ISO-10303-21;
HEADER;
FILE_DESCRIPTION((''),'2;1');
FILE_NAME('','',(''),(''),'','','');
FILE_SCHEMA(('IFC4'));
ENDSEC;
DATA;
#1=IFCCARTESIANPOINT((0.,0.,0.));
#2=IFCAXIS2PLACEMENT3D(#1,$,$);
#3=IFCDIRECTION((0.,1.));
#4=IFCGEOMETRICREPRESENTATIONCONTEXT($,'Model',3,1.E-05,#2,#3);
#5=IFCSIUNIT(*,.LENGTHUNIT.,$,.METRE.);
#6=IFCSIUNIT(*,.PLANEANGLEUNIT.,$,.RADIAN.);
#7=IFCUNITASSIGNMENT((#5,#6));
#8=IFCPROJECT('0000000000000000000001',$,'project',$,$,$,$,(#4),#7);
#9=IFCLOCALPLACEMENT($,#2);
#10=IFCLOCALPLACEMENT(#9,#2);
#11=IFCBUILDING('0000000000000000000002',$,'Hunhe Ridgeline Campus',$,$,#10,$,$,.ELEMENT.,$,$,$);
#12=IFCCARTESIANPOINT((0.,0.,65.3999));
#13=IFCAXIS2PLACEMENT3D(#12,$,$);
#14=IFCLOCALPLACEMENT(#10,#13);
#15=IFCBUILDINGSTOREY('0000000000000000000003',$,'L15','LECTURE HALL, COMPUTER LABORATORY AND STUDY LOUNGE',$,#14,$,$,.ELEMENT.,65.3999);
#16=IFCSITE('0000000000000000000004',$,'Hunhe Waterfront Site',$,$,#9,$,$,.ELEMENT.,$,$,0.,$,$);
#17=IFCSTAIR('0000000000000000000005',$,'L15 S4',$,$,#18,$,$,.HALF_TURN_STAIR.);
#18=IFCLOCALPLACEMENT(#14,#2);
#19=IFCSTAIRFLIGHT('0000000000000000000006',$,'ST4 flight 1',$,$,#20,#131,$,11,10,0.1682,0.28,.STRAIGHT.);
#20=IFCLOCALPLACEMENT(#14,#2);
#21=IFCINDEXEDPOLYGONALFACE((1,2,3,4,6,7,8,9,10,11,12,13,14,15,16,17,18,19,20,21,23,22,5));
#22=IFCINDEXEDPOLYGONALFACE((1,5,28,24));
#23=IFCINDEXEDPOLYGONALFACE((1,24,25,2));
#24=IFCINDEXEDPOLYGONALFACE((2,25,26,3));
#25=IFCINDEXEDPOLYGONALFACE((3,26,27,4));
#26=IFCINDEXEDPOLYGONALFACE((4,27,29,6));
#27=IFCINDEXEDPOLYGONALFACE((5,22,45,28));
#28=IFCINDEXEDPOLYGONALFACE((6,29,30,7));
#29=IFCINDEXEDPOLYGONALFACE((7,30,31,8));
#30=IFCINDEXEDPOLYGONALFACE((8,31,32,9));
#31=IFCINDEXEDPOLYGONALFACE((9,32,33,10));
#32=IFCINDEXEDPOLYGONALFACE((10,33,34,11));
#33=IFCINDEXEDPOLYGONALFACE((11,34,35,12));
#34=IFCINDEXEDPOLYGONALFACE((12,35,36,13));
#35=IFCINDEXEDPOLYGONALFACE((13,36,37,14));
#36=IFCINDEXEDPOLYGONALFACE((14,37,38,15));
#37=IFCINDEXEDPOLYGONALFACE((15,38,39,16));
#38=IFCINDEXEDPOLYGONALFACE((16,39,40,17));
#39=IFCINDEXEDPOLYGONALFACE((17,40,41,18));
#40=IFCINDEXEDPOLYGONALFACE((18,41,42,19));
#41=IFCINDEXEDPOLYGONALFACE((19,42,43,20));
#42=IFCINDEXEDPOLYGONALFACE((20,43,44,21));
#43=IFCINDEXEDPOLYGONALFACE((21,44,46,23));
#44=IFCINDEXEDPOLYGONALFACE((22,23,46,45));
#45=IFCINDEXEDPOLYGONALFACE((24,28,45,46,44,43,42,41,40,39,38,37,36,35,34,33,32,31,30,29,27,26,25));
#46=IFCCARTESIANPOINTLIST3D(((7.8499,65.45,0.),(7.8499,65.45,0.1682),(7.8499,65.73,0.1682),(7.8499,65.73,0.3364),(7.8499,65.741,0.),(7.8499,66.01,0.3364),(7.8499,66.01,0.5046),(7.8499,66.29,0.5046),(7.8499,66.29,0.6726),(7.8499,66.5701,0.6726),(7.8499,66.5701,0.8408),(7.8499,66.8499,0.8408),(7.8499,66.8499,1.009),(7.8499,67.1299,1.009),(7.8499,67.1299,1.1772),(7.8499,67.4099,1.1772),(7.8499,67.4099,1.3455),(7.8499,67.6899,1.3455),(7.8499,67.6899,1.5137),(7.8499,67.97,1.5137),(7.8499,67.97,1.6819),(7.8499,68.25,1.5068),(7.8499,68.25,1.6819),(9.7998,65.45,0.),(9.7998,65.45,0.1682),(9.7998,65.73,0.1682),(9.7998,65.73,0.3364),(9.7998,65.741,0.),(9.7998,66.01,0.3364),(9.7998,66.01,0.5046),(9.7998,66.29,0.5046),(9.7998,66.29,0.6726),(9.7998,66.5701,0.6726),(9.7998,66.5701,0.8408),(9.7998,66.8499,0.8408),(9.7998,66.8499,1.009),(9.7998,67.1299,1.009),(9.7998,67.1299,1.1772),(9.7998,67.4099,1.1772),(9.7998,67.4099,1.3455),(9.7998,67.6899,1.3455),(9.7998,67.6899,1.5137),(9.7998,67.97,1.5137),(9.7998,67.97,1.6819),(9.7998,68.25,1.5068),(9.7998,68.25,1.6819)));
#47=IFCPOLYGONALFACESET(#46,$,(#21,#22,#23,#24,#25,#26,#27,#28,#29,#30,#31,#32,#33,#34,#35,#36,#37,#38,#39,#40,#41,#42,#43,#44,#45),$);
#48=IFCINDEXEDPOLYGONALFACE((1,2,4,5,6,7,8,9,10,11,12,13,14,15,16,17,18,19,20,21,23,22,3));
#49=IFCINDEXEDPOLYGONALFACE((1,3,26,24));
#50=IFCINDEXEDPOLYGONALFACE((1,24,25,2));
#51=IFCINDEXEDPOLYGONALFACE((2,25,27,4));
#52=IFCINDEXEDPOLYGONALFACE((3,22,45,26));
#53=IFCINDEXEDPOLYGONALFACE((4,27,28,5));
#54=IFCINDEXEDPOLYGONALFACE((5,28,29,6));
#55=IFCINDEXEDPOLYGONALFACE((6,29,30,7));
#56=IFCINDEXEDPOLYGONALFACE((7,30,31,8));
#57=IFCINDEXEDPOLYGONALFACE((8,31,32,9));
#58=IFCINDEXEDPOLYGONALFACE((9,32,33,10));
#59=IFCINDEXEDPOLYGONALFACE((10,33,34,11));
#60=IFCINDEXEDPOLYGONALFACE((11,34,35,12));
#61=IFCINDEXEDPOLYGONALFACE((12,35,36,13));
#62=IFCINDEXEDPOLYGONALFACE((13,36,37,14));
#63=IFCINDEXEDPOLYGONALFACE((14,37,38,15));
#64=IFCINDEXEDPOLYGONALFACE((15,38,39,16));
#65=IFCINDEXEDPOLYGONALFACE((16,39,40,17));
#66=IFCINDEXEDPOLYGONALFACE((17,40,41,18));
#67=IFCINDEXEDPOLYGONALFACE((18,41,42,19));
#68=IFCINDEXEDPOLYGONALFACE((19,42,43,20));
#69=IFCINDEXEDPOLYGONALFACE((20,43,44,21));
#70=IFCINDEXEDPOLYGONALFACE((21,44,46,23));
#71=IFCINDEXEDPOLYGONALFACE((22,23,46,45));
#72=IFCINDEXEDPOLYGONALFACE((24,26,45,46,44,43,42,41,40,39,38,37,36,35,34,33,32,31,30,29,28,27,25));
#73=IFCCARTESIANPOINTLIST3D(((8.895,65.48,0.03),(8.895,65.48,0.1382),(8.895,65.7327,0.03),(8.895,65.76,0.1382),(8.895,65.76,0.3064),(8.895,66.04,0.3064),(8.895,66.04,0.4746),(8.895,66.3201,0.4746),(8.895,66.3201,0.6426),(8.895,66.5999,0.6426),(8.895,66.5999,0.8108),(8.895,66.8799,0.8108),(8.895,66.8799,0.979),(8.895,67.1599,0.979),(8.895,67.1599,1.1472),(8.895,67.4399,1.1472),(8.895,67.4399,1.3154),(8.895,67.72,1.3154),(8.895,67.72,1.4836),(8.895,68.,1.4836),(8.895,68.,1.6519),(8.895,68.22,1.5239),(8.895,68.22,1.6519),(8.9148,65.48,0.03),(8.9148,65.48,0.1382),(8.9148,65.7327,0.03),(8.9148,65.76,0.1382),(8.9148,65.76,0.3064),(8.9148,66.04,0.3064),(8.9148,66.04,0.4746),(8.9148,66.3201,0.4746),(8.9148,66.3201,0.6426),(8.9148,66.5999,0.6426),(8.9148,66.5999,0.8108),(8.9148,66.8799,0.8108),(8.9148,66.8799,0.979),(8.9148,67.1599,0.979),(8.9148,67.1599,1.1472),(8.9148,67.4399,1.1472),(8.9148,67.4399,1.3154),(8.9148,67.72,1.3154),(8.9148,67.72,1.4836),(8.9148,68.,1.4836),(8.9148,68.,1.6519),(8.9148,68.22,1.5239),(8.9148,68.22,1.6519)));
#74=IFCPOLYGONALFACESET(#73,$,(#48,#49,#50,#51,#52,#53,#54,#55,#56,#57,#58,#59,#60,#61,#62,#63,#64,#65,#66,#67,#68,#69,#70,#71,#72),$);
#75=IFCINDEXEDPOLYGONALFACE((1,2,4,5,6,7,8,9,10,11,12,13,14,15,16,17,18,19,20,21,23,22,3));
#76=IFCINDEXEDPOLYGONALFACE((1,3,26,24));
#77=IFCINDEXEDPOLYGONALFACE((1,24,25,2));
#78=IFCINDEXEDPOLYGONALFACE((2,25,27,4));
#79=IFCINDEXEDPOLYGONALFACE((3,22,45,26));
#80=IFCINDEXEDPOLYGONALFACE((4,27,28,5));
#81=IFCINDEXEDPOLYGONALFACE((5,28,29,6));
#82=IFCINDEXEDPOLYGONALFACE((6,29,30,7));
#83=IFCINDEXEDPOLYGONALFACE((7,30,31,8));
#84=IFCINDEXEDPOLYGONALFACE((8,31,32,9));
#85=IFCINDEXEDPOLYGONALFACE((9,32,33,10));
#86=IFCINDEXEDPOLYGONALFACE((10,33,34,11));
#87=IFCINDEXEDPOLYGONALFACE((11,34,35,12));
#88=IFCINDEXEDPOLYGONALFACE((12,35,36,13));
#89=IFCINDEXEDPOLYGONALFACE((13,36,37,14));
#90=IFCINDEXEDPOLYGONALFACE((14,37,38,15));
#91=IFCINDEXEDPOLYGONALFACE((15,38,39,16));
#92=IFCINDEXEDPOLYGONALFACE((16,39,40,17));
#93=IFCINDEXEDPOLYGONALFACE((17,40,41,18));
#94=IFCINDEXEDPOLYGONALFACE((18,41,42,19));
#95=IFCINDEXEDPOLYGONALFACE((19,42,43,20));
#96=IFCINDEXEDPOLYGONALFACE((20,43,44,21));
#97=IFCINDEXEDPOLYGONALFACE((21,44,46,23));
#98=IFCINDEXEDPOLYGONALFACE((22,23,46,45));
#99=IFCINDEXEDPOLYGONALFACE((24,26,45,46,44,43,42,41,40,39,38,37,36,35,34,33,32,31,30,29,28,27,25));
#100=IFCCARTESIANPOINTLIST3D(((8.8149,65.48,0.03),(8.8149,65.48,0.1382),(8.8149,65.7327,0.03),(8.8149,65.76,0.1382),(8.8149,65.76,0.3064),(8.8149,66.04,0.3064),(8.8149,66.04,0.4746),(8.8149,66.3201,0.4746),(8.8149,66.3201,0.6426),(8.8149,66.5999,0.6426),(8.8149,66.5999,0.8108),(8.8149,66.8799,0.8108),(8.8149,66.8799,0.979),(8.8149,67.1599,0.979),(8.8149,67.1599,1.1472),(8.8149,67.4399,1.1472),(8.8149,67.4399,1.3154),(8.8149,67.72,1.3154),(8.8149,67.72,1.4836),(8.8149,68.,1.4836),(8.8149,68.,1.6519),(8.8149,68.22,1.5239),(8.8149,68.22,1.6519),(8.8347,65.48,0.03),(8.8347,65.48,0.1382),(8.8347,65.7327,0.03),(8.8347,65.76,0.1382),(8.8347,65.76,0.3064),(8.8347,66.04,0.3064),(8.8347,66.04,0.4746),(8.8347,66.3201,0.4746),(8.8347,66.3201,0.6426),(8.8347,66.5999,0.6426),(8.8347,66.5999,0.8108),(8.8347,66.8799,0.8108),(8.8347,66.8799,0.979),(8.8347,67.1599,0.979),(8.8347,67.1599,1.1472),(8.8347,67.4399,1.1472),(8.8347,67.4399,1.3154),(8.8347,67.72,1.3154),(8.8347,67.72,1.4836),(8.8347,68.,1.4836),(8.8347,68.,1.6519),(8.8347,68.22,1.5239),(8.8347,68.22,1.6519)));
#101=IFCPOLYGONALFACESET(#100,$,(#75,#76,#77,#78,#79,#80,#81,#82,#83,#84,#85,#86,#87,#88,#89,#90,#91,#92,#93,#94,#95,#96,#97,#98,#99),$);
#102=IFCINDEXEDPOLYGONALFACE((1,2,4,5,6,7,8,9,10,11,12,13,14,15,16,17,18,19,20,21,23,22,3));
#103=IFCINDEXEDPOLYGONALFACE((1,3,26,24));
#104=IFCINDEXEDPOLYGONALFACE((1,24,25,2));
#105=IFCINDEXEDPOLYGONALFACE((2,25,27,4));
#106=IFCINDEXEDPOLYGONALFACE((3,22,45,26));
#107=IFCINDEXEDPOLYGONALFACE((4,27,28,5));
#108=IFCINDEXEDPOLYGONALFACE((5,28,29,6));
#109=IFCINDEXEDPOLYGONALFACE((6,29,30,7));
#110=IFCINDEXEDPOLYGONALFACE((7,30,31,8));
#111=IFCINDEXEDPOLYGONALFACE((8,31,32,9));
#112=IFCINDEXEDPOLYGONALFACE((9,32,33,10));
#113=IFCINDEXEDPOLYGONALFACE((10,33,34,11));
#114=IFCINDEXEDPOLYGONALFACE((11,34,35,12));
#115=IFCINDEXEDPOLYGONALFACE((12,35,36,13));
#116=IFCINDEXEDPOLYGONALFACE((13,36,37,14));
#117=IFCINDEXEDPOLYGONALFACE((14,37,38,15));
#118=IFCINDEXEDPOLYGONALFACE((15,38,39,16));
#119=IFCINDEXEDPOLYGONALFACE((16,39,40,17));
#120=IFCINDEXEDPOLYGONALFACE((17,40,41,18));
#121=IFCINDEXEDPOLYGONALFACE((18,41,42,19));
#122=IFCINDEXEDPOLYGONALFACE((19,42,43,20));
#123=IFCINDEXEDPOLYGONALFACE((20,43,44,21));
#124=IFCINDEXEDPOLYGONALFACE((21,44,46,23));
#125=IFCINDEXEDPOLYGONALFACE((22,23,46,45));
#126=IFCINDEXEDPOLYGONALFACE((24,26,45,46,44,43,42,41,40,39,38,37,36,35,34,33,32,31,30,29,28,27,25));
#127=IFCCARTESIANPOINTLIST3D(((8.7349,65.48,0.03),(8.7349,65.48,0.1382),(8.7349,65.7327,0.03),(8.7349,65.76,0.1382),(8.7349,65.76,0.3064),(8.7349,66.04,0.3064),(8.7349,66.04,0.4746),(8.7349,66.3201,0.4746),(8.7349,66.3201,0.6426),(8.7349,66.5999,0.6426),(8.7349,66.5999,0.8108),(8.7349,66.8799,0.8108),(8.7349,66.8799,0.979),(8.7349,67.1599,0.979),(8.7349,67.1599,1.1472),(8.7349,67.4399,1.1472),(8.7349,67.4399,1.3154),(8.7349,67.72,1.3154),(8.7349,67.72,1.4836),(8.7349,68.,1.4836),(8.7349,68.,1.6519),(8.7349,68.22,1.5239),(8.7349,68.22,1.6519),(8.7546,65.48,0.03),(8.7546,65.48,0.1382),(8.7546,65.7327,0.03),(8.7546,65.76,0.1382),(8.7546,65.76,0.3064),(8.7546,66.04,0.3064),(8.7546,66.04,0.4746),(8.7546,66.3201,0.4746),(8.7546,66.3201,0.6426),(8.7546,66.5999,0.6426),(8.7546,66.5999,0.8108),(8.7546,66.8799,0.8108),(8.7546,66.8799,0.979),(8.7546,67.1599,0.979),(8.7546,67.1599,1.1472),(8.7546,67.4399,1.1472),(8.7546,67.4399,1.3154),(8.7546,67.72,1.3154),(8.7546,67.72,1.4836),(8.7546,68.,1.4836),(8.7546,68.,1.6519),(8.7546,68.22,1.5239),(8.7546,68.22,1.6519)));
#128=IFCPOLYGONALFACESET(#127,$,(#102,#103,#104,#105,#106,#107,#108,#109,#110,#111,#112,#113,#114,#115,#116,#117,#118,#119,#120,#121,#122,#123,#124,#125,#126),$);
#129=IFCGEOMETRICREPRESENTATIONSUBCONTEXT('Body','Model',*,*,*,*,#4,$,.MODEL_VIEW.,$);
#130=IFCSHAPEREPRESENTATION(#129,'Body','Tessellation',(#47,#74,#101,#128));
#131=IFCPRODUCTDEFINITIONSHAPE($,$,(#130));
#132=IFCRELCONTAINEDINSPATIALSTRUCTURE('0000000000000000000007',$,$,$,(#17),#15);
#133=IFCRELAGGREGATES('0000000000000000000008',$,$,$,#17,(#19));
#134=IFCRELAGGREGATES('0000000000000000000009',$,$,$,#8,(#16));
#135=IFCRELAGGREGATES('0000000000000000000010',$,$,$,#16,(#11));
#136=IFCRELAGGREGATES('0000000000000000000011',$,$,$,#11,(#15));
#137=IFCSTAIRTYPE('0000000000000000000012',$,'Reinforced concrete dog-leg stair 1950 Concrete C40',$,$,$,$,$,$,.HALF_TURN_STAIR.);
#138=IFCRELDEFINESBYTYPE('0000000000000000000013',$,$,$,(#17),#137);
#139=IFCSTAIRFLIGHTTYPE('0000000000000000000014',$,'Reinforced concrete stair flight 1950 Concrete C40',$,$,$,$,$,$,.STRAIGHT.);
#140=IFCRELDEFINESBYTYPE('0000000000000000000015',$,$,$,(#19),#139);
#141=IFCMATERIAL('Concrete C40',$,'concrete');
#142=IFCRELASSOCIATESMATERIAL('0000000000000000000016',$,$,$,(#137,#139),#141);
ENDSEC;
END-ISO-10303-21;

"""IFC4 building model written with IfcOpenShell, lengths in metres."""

from ifc_helpers import new_model, si_unit, direction, frame, origin, place, context, subcontext, project, spatial, polyline, outline, extrude, material, type_object, element, aggregate, save


model = new_model("IFC4")

# Units and contexts
model_context = context("Model", 3, precision=1e-05, world=origin(), true_north=direction((0.0, 1.0)))
body_context = subcontext(model_context, "Body", "Model", "MODEL_VIEW")
ifc_project = project(units=[si_unit("LENGTHUNIT", "METRE"), si_unit("PLANEANGLEUNIT", "RADIAN")], contexts=[model_context])

# Site, building, storey
site_placement = place(None, origin())
site = spatial("IfcSite", under=ifc_project, at=site_placement, Name="Hunhe Waterfront Site", CompositionType="ELEMENT", RefElevation=0.0)
building_placement = place(site_placement, origin())
building = spatial("IfcBuilding", under=site, at=building_placement, Name="Hunhe Ridgeline Campus", CompositionType="ELEMENT")
storey_placement = place(building_placement, frame((0.0, 0.0, 65.3999)))
storey = spatial("IfcBuildingStorey", under=building, at=storey_placement, Name="L15", Description="LECTURE HALL, COMPUTER LABORATORY AND STUDY LOUNGE", CompositionType="ELEMENT", Elevation=65.3999)

# Stair, stair flight
ifc_material_1 = material(Name="Concrete C40", Category="concrete")
stair_type = type_object("IfcStairType", Name="Reinforced concrete dog-leg stair 1950 Concrete C40", PredefinedType="HALF_TURN_STAIR", material=ifc_material_1)
stair_flight_type = type_object("IfcStairFlightType", Name="Reinforced concrete stair flight 1950 Concrete C40", PredefinedType="STRAIGHT", material=ifc_material_1)
stair_1_placement = place(storey_placement, origin())
stair_1 = element("IfcStair", 1, at=stair_1_placement, inside=storey, type_object=stair_type, Name="L15 S4", PredefinedType="HALF_TURN_STAIR")
stair_flight_1_placement = place(storey_placement, frame((8.825, 65.45, 0.0), z_axis=(0.0, 0.0, 1.0), x_axis=(0.0, 1.0, 0.0)))
stair_flight_1 = element("IfcStairFlight", 2, at=stair_flight_1_placement, type_object=stair_flight_type, Name="ST4 flight 1", NumberOfRisers=11, NumberOfTreads=10, PredefinedType="STRAIGHT", RiserHeight=0.1682, TreadLength=0.28, context=body_context, shape_type="SweptSolid", body=[
    extrude(outline(polyline([(0.0, 0.0), (0.0, 0.1682), (0.28, 0.1682), (0.28, 0.3364), (0.5601, 0.3364), (0.5601, 0.5046), (0.8401, 0.5046), (0.8401, 0.6726), (1.1201, 0.6726), (1.1201, 0.8408), (1.3999, 0.8408), (1.3999, 1.009), (1.6799, 1.009), (1.6799, 1.1772), (1.96, 1.1772), (1.96, 1.3455), (2.24, 1.3455), (2.24, 1.5137), (2.52, 1.5137), (2.52, 1.6819), (2.8, 1.6819), (2.8, 1.8501), (2.8, 1.5068), (0.291, 0.0), (0.0, 0.0)])), frame((0.0, 0.9751, 0.0), z_axis=(0.0, -1.0, 0.0), x_axis=(1.0, 0.0, 0.0)), (0.0, 0.0, 1.0), 1.95),
    extrude(outline(polyline([(0.03, 0.03), (0.03, 0.1382), (0.3101, 0.1382), (0.3101, 0.3064), (0.5901, 0.3064), (0.5901, 0.4746), (0.8701, 0.4746), (0.8701, 0.6426), (1.1499, 0.6426), (1.1499, 0.8108), (1.4299, 0.8108), (1.4299, 0.979), (1.71, 0.979), (1.71, 1.1472), (1.99, 1.1472), (1.99, 1.3154), (2.27, 1.3154), (2.27, 1.4836), (2.55, 1.4836), (2.55, 1.6519), (2.77, 1.6519), (2.77, 1.5239), (0.2827, 0.03), (0.03, 0.03)])), frame((0.0, -0.0701, 0.0), z_axis=(0.0, -1.0, 0.0), x_axis=(1.0, 0.0, 0.0)), (0.0, 0.0, 1.0), 0.0198),
    extrude(outline(polyline([(0.03, 0.03), (0.03, 0.1382), (0.3101, 0.1382), (0.3101, 0.3064), (0.5901, 0.3064), (0.5901, 0.4746), (0.8701, 0.4746), (0.8701, 0.6426), (1.1499, 0.6426), (1.1499, 0.8108), (1.4299, 0.8108), (1.4299, 0.979), (1.71, 0.979), (1.71, 1.1472), (1.99, 1.1472), (1.99, 1.3154), (2.27, 1.3154), (2.27, 1.4836), (2.55, 1.4836), (2.55, 1.6519), (2.77, 1.6519), (2.77, 1.5239), (0.2827, 0.03), (0.03, 0.03)])), frame((0.0, 0.01, 0.0), z_axis=(0.0, -1.0, 0.0), x_axis=(1.0, 0.0, 0.0)), (0.0, 0.0, 1.0), 0.0198),
    extrude(outline(polyline([(0.03, 0.03), (0.03, 0.1382), (0.3101, 0.1382), (0.3101, 0.3064), (0.5901, 0.3064), (0.5901, 0.4746), (0.8701, 0.4746), (0.8701, 0.6426), (1.1499, 0.6426), (1.1499, 0.8108), (1.4299, 0.8108), (1.4299, 0.979), (1.71, 0.979), (1.71, 1.1472), (1.99, 1.1472), (1.99, 1.3154), (2.27, 1.3154), (2.27, 1.4836), (2.55, 1.4836), (2.55, 1.6519), (2.77, 1.6519), (2.77, 1.5239), (0.2827, 0.03), (0.03, 0.03)])), frame((0.0, 0.0901, 0.0), z_axis=(0.0, -1.0, 0.0), x_axis=(1.0, 0.0, 0.0)), (0.0, 0.0, 1.0), 0.0198),
])
aggregate(stair_1, [stair_flight_1])

save(model, "model.ifc")
